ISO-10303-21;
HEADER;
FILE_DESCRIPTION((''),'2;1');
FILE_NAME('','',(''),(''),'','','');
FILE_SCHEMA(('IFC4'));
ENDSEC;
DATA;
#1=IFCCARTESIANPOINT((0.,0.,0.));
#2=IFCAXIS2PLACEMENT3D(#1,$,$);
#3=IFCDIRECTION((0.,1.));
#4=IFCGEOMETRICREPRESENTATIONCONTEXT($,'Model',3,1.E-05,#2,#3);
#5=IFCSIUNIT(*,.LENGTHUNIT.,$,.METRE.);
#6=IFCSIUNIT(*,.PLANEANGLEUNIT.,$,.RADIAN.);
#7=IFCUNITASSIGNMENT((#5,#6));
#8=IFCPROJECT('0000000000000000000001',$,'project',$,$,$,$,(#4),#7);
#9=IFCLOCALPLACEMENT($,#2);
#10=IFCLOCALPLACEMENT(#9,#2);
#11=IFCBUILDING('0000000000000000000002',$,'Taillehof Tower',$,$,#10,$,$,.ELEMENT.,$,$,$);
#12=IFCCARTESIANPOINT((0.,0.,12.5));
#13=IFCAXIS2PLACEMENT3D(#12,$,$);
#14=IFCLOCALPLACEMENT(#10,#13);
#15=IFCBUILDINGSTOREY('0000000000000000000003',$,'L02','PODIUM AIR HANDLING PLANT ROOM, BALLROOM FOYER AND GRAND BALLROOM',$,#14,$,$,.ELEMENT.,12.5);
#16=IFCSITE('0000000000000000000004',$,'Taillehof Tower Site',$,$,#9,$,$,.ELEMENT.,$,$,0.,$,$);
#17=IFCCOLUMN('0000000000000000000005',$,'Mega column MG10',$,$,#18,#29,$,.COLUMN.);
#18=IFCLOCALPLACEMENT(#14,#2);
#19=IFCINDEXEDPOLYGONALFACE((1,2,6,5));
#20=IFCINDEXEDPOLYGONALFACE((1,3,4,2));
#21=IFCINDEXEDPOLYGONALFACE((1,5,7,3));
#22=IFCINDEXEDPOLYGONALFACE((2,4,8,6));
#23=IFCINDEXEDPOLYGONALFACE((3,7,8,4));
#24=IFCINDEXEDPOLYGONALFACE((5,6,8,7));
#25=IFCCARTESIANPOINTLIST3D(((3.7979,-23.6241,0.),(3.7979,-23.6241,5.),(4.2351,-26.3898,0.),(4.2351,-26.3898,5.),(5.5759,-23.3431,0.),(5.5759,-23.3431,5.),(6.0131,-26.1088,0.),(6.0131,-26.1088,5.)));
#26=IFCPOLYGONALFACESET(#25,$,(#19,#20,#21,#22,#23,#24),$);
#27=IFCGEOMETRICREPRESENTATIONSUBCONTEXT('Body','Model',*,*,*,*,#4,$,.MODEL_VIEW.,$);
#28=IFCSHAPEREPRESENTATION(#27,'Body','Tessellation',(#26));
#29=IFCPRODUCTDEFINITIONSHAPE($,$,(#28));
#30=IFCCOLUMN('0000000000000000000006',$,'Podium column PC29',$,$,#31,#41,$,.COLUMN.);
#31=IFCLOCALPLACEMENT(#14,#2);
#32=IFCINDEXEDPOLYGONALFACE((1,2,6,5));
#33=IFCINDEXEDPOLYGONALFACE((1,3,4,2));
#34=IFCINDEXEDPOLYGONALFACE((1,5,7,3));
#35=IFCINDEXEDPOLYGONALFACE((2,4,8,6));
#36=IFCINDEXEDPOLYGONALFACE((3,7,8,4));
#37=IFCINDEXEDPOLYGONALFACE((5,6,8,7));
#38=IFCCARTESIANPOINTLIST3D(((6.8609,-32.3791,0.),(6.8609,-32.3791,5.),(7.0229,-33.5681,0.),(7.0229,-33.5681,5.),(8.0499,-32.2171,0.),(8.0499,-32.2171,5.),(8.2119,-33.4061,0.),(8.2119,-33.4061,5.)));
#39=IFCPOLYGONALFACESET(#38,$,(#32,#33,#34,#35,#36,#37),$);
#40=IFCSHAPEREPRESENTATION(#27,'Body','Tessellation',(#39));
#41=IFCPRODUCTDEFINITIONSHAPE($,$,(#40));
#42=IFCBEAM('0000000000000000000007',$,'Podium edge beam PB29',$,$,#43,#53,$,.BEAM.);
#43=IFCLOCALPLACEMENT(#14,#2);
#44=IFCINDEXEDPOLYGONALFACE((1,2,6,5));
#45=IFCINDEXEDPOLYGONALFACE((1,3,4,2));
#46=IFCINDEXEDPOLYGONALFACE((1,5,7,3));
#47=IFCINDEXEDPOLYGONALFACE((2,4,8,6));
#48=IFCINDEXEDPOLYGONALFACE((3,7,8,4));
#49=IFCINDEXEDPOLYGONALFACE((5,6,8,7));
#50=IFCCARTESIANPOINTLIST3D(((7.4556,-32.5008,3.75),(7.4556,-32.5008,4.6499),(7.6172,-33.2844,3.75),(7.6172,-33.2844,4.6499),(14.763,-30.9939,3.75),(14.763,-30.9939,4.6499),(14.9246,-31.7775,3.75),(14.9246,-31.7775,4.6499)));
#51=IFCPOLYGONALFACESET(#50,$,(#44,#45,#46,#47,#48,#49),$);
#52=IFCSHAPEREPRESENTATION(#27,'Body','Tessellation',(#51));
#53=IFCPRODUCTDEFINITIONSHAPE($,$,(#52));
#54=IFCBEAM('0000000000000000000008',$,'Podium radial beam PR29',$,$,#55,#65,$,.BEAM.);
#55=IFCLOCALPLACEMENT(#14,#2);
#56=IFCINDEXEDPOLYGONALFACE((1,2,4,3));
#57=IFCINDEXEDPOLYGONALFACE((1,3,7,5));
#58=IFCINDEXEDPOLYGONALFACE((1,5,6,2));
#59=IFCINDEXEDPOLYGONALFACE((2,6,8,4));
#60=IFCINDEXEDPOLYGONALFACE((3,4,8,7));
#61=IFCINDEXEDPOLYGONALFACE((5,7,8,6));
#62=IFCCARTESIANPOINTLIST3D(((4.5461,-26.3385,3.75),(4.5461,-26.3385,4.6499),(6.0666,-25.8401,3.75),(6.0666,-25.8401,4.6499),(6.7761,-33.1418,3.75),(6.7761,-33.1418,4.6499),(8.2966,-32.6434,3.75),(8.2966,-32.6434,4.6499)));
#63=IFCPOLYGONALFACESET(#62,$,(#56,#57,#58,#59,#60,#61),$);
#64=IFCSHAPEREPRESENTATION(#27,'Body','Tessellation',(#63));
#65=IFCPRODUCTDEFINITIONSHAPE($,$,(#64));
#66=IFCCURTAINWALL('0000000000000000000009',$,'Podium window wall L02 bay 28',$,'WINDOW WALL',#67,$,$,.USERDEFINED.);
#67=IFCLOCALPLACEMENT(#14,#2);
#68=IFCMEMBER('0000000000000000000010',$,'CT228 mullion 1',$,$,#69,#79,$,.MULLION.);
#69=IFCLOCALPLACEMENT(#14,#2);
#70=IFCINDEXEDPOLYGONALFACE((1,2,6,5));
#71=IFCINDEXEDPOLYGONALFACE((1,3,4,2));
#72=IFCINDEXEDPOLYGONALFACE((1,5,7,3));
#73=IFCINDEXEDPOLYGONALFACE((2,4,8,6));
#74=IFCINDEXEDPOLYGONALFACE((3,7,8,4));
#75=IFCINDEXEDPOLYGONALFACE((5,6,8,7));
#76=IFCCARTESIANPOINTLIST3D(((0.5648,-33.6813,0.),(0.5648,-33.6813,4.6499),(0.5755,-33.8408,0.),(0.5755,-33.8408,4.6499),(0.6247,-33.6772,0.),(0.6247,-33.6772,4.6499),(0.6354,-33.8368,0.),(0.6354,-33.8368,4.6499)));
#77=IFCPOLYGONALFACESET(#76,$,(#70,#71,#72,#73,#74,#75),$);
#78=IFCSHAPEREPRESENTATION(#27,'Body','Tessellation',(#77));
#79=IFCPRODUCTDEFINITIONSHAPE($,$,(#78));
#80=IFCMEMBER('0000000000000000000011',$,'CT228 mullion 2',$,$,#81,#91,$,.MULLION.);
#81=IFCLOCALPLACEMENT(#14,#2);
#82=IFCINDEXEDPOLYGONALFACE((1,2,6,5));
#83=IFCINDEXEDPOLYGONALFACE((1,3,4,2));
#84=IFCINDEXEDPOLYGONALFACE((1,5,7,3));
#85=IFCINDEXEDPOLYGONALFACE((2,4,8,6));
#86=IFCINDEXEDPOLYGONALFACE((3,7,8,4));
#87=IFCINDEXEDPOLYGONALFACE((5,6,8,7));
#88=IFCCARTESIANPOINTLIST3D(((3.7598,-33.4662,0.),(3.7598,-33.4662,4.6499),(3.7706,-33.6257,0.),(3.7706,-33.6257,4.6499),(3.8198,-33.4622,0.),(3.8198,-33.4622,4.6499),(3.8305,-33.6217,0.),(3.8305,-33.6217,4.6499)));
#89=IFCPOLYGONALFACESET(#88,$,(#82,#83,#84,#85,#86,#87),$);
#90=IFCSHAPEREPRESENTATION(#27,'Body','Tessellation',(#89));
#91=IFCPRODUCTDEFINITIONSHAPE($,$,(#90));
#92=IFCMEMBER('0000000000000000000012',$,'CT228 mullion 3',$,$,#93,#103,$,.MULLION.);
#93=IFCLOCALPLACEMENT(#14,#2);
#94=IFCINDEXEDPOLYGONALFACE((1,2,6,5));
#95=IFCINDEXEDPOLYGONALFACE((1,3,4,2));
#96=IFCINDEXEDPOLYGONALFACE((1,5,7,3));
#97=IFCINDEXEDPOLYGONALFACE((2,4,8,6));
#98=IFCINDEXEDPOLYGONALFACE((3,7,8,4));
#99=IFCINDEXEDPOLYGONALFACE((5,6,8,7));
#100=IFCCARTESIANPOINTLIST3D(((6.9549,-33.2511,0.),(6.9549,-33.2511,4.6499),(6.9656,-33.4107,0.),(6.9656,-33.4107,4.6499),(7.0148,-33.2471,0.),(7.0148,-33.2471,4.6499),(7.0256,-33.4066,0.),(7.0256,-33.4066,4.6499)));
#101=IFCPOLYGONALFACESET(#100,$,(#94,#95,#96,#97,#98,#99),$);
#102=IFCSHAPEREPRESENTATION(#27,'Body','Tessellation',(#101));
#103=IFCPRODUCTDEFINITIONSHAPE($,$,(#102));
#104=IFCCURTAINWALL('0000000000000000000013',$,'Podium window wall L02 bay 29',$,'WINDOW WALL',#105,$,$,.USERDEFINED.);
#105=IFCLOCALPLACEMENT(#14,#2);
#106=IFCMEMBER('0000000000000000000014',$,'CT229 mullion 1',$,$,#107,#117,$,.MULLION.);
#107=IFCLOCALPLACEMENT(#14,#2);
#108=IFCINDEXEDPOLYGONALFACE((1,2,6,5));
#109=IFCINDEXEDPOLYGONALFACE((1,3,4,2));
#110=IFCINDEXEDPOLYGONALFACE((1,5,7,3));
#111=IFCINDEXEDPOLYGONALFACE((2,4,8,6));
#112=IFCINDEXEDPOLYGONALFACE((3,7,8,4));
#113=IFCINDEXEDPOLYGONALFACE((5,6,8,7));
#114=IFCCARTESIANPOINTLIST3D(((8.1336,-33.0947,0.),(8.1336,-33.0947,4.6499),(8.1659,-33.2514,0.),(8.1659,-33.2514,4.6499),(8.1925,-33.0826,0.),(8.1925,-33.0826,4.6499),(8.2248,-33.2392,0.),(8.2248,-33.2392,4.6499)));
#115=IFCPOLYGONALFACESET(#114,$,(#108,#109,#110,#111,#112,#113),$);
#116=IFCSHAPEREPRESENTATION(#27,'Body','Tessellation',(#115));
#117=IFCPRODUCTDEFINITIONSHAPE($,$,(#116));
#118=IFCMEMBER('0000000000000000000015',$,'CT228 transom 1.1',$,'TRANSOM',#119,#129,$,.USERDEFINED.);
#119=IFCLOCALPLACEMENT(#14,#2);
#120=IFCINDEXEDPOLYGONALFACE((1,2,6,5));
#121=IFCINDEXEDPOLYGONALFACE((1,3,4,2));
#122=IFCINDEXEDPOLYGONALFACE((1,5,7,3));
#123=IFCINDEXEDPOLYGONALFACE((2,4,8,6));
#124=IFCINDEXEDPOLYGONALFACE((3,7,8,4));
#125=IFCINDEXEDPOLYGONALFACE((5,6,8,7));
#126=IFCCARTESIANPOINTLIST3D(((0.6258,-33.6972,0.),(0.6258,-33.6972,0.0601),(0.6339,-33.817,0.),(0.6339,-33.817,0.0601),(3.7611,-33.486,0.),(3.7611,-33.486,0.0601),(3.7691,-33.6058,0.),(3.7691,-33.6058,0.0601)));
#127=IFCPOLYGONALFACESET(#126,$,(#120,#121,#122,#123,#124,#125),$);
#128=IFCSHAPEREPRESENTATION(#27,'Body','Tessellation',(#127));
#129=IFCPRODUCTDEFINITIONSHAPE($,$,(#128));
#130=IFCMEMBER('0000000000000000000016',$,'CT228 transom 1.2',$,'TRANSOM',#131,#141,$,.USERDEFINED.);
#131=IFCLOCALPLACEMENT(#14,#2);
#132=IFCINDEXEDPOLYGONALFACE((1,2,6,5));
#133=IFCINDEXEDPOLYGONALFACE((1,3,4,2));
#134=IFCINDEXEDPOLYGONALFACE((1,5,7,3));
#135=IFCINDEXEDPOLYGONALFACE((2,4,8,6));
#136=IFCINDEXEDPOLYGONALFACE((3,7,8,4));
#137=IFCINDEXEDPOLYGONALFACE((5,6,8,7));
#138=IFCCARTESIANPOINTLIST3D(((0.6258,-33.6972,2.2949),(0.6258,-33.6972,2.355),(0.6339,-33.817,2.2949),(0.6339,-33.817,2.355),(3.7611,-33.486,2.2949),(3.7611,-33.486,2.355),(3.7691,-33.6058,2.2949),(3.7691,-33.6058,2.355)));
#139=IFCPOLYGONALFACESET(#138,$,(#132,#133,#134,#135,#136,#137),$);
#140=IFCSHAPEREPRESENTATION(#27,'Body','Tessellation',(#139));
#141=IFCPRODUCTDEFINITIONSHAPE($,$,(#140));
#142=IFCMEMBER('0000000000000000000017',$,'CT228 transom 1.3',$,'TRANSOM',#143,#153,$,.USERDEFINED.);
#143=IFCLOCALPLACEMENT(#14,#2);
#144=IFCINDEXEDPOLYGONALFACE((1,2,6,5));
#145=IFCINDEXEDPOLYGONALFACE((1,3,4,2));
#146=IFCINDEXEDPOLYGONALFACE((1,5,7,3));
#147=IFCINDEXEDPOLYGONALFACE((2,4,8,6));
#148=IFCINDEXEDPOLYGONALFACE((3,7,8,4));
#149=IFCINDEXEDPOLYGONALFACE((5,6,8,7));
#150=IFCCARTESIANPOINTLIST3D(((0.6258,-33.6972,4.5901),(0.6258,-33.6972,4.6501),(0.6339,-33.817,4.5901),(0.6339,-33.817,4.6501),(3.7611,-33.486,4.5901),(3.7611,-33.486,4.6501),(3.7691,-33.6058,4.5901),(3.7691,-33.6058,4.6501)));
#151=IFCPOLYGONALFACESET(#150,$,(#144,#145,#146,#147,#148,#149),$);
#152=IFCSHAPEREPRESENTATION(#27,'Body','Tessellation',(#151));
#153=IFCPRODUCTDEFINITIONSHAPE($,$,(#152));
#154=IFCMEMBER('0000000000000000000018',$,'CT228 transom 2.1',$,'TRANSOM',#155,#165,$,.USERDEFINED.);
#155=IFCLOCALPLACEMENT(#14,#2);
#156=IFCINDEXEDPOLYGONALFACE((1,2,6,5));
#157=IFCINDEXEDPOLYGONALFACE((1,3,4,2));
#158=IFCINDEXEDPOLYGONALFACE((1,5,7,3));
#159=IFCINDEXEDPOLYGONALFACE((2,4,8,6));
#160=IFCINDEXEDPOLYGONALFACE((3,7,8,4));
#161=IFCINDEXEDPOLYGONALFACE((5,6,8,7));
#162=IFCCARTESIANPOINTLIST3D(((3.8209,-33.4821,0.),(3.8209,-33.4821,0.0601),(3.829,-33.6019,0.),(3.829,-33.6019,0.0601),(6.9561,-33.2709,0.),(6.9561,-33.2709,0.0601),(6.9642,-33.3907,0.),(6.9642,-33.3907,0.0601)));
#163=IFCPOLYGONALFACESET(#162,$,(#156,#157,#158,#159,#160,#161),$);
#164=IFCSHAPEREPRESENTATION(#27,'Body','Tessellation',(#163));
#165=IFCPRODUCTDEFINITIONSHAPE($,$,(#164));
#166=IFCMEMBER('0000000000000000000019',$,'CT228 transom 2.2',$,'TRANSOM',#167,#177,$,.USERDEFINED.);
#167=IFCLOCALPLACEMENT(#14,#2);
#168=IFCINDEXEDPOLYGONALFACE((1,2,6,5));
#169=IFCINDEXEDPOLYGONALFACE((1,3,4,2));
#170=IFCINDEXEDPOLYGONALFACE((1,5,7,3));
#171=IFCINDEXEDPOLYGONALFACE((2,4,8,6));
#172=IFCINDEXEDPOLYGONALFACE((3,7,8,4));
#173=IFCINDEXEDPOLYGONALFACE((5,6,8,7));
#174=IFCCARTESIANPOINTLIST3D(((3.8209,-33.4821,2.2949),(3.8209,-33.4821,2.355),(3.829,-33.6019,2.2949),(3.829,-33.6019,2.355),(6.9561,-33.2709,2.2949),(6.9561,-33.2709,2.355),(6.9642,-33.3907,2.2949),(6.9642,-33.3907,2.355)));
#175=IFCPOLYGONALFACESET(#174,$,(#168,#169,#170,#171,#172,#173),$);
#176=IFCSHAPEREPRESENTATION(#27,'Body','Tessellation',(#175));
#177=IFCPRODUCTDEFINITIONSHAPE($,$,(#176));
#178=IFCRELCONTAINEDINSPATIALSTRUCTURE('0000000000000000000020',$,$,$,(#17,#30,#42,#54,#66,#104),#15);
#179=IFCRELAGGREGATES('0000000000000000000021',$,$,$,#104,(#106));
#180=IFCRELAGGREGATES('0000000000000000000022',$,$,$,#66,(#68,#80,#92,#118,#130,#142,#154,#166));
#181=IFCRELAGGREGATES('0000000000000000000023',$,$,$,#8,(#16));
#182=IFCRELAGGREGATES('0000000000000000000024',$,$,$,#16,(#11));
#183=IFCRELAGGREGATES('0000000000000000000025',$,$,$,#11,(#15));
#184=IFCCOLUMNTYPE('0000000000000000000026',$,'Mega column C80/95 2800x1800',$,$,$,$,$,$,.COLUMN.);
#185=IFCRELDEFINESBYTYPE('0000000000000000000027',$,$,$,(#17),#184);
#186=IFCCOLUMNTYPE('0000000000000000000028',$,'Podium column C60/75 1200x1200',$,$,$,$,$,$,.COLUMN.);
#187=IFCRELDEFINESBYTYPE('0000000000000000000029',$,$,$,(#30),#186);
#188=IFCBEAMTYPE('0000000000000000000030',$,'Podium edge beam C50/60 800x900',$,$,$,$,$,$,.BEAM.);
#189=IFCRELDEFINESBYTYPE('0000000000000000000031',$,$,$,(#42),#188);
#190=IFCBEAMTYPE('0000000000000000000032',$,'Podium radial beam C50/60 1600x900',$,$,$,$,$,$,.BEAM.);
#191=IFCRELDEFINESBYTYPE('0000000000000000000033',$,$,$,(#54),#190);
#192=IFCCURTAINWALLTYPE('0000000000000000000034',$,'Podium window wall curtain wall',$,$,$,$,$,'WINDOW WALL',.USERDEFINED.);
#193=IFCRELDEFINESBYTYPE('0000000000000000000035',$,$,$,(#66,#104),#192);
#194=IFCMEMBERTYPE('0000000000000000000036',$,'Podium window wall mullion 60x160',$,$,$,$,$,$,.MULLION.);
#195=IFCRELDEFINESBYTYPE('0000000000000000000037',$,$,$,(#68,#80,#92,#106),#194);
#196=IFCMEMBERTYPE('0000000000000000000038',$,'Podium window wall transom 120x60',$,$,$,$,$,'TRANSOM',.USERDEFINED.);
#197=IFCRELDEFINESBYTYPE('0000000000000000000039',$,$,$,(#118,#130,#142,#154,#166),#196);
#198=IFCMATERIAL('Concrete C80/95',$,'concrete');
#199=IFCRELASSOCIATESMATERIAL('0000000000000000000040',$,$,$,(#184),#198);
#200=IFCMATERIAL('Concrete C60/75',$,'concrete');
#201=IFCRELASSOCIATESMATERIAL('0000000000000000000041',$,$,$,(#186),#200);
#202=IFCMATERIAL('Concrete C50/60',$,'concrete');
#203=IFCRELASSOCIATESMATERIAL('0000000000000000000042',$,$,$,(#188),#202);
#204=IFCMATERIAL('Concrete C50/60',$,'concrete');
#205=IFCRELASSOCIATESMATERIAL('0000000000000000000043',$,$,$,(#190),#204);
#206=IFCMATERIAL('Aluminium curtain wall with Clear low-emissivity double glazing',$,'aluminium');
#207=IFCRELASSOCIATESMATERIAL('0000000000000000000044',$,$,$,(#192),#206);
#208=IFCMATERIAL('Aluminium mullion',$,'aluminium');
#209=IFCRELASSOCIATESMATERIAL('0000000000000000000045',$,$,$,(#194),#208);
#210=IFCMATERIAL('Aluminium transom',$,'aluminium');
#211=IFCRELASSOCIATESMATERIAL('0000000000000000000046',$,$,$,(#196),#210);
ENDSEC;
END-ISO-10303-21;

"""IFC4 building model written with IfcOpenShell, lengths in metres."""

from ifc_helpers import new_model, si_unit, direction, frame, origin, origin_2d, place, context, subcontext, project, spatial, rectangle, extrude, material, material_profile, profile_set, type_object, element, aggregate, save


model = new_model("IFC4")

# Units and contexts
model_context = context("Model", 3, precision=1e-05, world=origin(), true_north=direction((0.0, 1.0)))
body_context = subcontext(model_context, "Body", "Model", "MODEL_VIEW")
ifc_project = project(units=[si_unit("LENGTHUNIT", "METRE"), si_unit("PLANEANGLEUNIT", "RADIAN")], contexts=[model_context])

# Site, building, storey
site_placement = place(None, origin())
site = spatial("IfcSite", under=ifc_project, at=site_placement, Name="Taillehof Tower Site", CompositionType="ELEMENT", RefElevation=0.0)
building_placement = place(site_placement, origin())
building = spatial("IfcBuilding", under=site, at=building_placement, Name="Taillehof Tower", CompositionType="ELEMENT")
storey_placement = place(building_placement, frame((0.0, 0.0, 12.5)))
storey = spatial("IfcBuildingStorey", under=building, at=storey_placement, Name="L02", Description="PODIUM AIR HANDLING PLANT ROOM, BALLROOM FOYER AND GRAND BALLROOM", CompositionType="ELEMENT", Elevation=12.5)

# Columns
ifc_material_1 = material(Name="Concrete C80/95", Category="concrete")
ifc_material_profile_1 = material_profile(ifc_material_1, rectangle(XDim=2.8, YDim=1.8, at=origin_2d()), Name="RC 2800x1800")
ifc_profile_set_1 = profile_set([ifc_material_profile_1], Name="Concrete C80/95")
column_type_1 = type_object("IfcColumnType", Name="Mega column C80/95 2800x1800", PredefinedType="COLUMN", material=ifc_profile_set_1)
column_1_placement = place(storey_placement, frame((4.9055, -24.8665, 0.0), z_axis=(0.0, 0.0, 1.0), x_axis=(0.156147, -0.987734, 0.0)))
element("IfcColumn", 1, at=column_1_placement, inside=storey, type_object=column_type_1, Name="Mega column MG10", PredefinedType="COLUMN", context=body_context, shape_type="SweptSolid", body=[
    extrude(rectangle(XDim=2.8, YDim=1.8, at=origin_2d()), origin(), (0.0, 0.0, 1.0), 5.0),
])
ifc_material_2 = material(Name="Concrete C60/75", Category="concrete")
ifc_material_profile_2 = material_profile(ifc_material_2, rectangle(XDim=1.2, YDim=1.2, at=origin_2d()), Name="RC 1200x1200")
ifc_profile_set_2 = profile_set([ifc_material_profile_2], Name="Concrete C60/75")
column_type_2 = type_object("IfcColumnType", Name="Podium column C60/75 1200x1200", PredefinedType="COLUMN", material=ifc_profile_set_2)
column_2_placement = place(storey_placement, frame((7.5364, -32.8926, 0.0), z_axis=(0.0, 0.0, 1.0), x_axis=(0.135005, -0.990845, 0.0)))
element("IfcColumn", 2, at=column_2_placement, inside=storey, type_object=column_type_2, Name="Podium column PC29", PredefinedType="COLUMN", context=body_context, shape_type="SweptSolid", body=[
    extrude(rectangle(XDim=1.2, YDim=1.2, at=origin_2d()), origin(), (0.0, 0.0, 1.0), 5.0),
])

# Beams
ifc_material_3 = material(Name="Concrete C50/60", Category="concrete")
ifc_material_profile_3 = material_profile(ifc_material_3, rectangle(XDim=0.8, YDim=0.8999, at=origin_2d()), Name="RC 800x900")
ifc_profile_set_3 = profile_set([ifc_material_profile_3], Name="Concrete C50/60")
beam_type_1 = type_object("IfcBeamType", Name="Podium edge beam C50/60 800x900", PredefinedType="BEAM", material=ifc_profile_set_3)
beam_1_placement = place(storey_placement, frame((7.5364, -32.8926, 4.2), z_axis=(0.979394, 0.201959, 0.0), x_axis=(-0.201959, 0.979394, 0.0)))
element("IfcBeam", 3, at=beam_1_placement, inside=storey, type_object=beam_type_1, Name="Podium edge beam PB29", PredefinedType="BEAM", context=body_context, shape_type="SweptSolid", body=[
    extrude(rectangle(XDim=0.8, YDim=0.8999, at=origin_2d()), origin(), (0.0, 0.0, 1.0), 7.4612),
])
ifc_material_4 = material(Name="Concrete C50/60", Category="concrete")
ifc_material_profile_4 = material_profile(ifc_material_4, rectangle(XDim=1.6001, YDim=0.8999, at=origin_2d()), Name="RC 1600x900")
ifc_profile_set_4 = profile_set([ifc_material_profile_4], Name="Concrete C50/60")
beam_type_2 = type_object("IfcBeamType", Name="Podium radial beam C50/60 1600x900", PredefinedType="BEAM", material=ifc_profile_set_4)
beam_2_placement = place(storey_placement, frame((7.5364, -32.8926, 4.2), z_axis=(-0.311477, 0.950254, 0.0), x_axis=(-0.950254, -0.311477, 0.0)))
element("IfcBeam", 4, at=beam_2_placement, inside=storey, type_object=beam_type_2, Name="Podium radial beam PR29", PredefinedType="BEAM", context=body_context, shape_type="SweptSolid", body=[
    extrude(rectangle(XDim=1.6001, YDim=0.8999, at=origin_2d()), origin(), (0.0, 0.0, 1.0), 7.1594),
])

# Curtain wall, members
ifc_material_5 = material(Name="Aluminium curtain wall with Clear low-emissivity double glazing", Category="aluminium")
curtain_wall_type = type_object("IfcCurtainWallType", Name="Podium window wall curtain wall", ElementType="WINDOW WALL", PredefinedType="USERDEFINED", material=ifc_material_5)
curtain_wall_1_placement = place(storey_placement, origin())
curtain_wall_1 = element("IfcCurtainWall", 5, at=curtain_wall_1_placement, inside=storey, type_object=curtain_wall_type, Name="Podium window wall L02 bay 28", ObjectType="WINDOW WALL", PredefinedType="USERDEFINED")
ifc_material_6 = material(Name="Aluminium mullion", Category="aluminium")
ifc_material_profile_5 = material_profile(ifc_material_6, rectangle(XDim=0.1599, YDim=0.0601, at=origin_2d()), Name="AL 60x160")
ifc_profile_set_5 = profile_set([ifc_material_profile_5], Name="Aluminium mullion")
member_type_1 = type_object("IfcMemberType", Name="Podium window wall mullion 60x160", PredefinedType="MULLION", material=ifc_profile_set_5)
member_1_placement = place(storey_placement, frame((0.6001, -33.759, 0.0), z_axis=(0.0, 0.0, 1.0), x_axis=(-0.067183, 0.997741, 0.0)))
member_1 = element("IfcMember", 6, at=member_1_placement, type_object=member_type_1, Name="CT228 mullion 1", PredefinedType="MULLION", context=body_context, shape_type="SweptSolid", body=[
    extrude(rectangle(XDim=0.1599, YDim=0.0601, at=origin_2d()), origin(), (0.0, 0.0, 1.0), 4.6499),
])
member_2_placement = place(storey_placement, frame((3.7952, -33.5439, 0.0), z_axis=(0.0, 0.0, 1.0), x_axis=(-0.067183, 0.997741, 0.0)))
member_2 = element("IfcMember", 7, at=member_2_placement, type_object=member_type_1, Name="CT228 mullion 2", PredefinedType="MULLION", context=body_context, shape_type="SweptSolid", body=[
    extrude(rectangle(XDim=0.1599, YDim=0.0601, at=origin_2d()), origin(), (0.0, 0.0, 1.0), 4.6499),
])
member_3_placement = place(storey_placement, frame((6.9902, -33.3289, 0.0), z_axis=(0.0, 0.0, 1.0), x_axis=(-0.067183, 0.997741, 0.0)))
member_3 = element("IfcMember", 8, at=member_3_placement, type_object=member_type_1, Name="CT228 mullion 3", PredefinedType="MULLION", context=body_context, shape_type="SweptSolid", body=[
    extrude(rectangle(XDim=0.1599, YDim=0.0601, at=origin_2d()), origin(), (0.0, 0.0, 1.0), 4.6499),
])

# Curtain wall, member
curtain_wall_2_placement = place(storey_placement, origin())
curtain_wall_2 = element("IfcCurtainWall", 9, at=curtain_wall_2_placement, inside=storey, type_object=curtain_wall_type, Name="Podium window wall L02 bay 29", ObjectType="WINDOW WALL", PredefinedType="USERDEFINED")
member_4_placement = place(storey_placement, frame((8.1792, -33.167, 0.0), z_axis=(0.0, 0.0, 1.0), x_axis=(-0.201976, 0.97939, 0.0)))
member_4 = element("IfcMember", 10, at=member_4_placement, type_object=member_type_1, Name="CT229 mullion 1", PredefinedType="MULLION", context=body_context, shape_type="SweptSolid", body=[
    extrude(rectangle(XDim=0.1599, YDim=0.0601, at=origin_2d()), origin(), (0.0, 0.0, 1.0), 4.6499),
])

# Members
ifc_material_7 = material(Name="Aluminium transom", Category="aluminium")
ifc_material_profile_6 = material_profile(ifc_material_7, rectangle(XDim=0.1201, YDim=0.0601, at=origin_2d()), Name="AL 120x60")
ifc_profile_set_6 = profile_set([ifc_material_profile_6], Name="Aluminium transom")
member_type_2 = type_object("IfcMemberType", Name="Podium window wall transom 120x60", ElementType="TRANSOM", PredefinedType="USERDEFINED", material=ifc_profile_set_6)
member_5_placement = place(storey_placement, frame((0.6299, -33.7571, 0.03), z_axis=(0.997739, 0.067205, 0.0), x_axis=(-0.067205, 0.997739, 0.0)))
member_5 = element("IfcMember", 11, at=member_5_placement, type_object=member_type_2, Name="CT228 transom 1.1", ObjectType="TRANSOM", PredefinedType="USERDEFINED", context=body_context, shape_type="SweptSolid", body=[
    extrude(rectangle(XDim=0.1201, YDim=0.0601, at=origin_2d()), origin(), (0.0, 0.0, 1.0), 3.1423),
])
member_6_placement = place(storey_placement, frame((0.6299, -33.7571, 2.325), z_axis=(0.997739, 0.067205, 0.0), x_axis=(-0.067205, 0.997739, 0.0)))
member_6 = element("IfcMember", 12, at=member_6_placement, type_object=member_type_2, Name="CT228 transom 1.2", ObjectType="TRANSOM", PredefinedType="USERDEFINED", context=body_context, shape_type="SweptSolid", body=[
    extrude(rectangle(XDim=0.1201, YDim=0.0601, at=origin_2d()), origin(), (0.0, 0.0, 1.0), 3.1423),
])
member_7_placement = place(storey_placement, frame((0.6299, -33.7571, 4.6201), z_axis=(0.997739, 0.067205, 0.0), x_axis=(-0.067205, 0.997739, 0.0)))
member_7 = element("IfcMember", 13, at=member_7_placement, type_object=member_type_2, Name="CT228 transom 1.3", ObjectType="TRANSOM", PredefinedType="USERDEFINED", context=body_context, shape_type="SweptSolid", body=[
    extrude(rectangle(XDim=0.1201, YDim=0.0601, at=origin_2d()), origin(), (0.0, 0.0, 1.0), 3.1423),
])
member_8_placement = place(storey_placement, frame((3.825, -33.542, 0.03), z_axis=(0.997739, 0.067205, 0.0), x_axis=(-0.067205, 0.997739, 0.0)))
member_8 = element("IfcMember", 14, at=member_8_placement, type_object=member_type_2, Name="CT228 transom 2.1", ObjectType="TRANSOM", PredefinedType="USERDEFINED", context=body_context, shape_type="SweptSolid", body=[
    extrude(rectangle(XDim=0.1201, YDim=0.0601, at=origin_2d()), origin(), (0.0, 0.0, 1.0), 3.1423),
])
member_9_placement = place(storey_placement, frame((3.825, -33.542, 2.325), z_axis=(0.997739, 0.067205, 0.0), x_axis=(-0.067205, 0.997739, 0.0)))
member_9 = element("IfcMember", 15, at=member_9_placement, type_object=member_type_2, Name="CT228 transom 2.2", ObjectType="TRANSOM", PredefinedType="USERDEFINED", context=body_context, shape_type="SweptSolid", body=[
    extrude(rectangle(XDim=0.1201, YDim=0.0601, at=origin_2d()), origin(), (0.0, 0.0, 1.0), 3.1423),
])
aggregate(curtain_wall_2, [member_4])

aggregate(curtain_wall_1, [member_1, member_2, member_3, member_5, member_6, member_7, member_8, member_9])

save(model, "model.ifc")
